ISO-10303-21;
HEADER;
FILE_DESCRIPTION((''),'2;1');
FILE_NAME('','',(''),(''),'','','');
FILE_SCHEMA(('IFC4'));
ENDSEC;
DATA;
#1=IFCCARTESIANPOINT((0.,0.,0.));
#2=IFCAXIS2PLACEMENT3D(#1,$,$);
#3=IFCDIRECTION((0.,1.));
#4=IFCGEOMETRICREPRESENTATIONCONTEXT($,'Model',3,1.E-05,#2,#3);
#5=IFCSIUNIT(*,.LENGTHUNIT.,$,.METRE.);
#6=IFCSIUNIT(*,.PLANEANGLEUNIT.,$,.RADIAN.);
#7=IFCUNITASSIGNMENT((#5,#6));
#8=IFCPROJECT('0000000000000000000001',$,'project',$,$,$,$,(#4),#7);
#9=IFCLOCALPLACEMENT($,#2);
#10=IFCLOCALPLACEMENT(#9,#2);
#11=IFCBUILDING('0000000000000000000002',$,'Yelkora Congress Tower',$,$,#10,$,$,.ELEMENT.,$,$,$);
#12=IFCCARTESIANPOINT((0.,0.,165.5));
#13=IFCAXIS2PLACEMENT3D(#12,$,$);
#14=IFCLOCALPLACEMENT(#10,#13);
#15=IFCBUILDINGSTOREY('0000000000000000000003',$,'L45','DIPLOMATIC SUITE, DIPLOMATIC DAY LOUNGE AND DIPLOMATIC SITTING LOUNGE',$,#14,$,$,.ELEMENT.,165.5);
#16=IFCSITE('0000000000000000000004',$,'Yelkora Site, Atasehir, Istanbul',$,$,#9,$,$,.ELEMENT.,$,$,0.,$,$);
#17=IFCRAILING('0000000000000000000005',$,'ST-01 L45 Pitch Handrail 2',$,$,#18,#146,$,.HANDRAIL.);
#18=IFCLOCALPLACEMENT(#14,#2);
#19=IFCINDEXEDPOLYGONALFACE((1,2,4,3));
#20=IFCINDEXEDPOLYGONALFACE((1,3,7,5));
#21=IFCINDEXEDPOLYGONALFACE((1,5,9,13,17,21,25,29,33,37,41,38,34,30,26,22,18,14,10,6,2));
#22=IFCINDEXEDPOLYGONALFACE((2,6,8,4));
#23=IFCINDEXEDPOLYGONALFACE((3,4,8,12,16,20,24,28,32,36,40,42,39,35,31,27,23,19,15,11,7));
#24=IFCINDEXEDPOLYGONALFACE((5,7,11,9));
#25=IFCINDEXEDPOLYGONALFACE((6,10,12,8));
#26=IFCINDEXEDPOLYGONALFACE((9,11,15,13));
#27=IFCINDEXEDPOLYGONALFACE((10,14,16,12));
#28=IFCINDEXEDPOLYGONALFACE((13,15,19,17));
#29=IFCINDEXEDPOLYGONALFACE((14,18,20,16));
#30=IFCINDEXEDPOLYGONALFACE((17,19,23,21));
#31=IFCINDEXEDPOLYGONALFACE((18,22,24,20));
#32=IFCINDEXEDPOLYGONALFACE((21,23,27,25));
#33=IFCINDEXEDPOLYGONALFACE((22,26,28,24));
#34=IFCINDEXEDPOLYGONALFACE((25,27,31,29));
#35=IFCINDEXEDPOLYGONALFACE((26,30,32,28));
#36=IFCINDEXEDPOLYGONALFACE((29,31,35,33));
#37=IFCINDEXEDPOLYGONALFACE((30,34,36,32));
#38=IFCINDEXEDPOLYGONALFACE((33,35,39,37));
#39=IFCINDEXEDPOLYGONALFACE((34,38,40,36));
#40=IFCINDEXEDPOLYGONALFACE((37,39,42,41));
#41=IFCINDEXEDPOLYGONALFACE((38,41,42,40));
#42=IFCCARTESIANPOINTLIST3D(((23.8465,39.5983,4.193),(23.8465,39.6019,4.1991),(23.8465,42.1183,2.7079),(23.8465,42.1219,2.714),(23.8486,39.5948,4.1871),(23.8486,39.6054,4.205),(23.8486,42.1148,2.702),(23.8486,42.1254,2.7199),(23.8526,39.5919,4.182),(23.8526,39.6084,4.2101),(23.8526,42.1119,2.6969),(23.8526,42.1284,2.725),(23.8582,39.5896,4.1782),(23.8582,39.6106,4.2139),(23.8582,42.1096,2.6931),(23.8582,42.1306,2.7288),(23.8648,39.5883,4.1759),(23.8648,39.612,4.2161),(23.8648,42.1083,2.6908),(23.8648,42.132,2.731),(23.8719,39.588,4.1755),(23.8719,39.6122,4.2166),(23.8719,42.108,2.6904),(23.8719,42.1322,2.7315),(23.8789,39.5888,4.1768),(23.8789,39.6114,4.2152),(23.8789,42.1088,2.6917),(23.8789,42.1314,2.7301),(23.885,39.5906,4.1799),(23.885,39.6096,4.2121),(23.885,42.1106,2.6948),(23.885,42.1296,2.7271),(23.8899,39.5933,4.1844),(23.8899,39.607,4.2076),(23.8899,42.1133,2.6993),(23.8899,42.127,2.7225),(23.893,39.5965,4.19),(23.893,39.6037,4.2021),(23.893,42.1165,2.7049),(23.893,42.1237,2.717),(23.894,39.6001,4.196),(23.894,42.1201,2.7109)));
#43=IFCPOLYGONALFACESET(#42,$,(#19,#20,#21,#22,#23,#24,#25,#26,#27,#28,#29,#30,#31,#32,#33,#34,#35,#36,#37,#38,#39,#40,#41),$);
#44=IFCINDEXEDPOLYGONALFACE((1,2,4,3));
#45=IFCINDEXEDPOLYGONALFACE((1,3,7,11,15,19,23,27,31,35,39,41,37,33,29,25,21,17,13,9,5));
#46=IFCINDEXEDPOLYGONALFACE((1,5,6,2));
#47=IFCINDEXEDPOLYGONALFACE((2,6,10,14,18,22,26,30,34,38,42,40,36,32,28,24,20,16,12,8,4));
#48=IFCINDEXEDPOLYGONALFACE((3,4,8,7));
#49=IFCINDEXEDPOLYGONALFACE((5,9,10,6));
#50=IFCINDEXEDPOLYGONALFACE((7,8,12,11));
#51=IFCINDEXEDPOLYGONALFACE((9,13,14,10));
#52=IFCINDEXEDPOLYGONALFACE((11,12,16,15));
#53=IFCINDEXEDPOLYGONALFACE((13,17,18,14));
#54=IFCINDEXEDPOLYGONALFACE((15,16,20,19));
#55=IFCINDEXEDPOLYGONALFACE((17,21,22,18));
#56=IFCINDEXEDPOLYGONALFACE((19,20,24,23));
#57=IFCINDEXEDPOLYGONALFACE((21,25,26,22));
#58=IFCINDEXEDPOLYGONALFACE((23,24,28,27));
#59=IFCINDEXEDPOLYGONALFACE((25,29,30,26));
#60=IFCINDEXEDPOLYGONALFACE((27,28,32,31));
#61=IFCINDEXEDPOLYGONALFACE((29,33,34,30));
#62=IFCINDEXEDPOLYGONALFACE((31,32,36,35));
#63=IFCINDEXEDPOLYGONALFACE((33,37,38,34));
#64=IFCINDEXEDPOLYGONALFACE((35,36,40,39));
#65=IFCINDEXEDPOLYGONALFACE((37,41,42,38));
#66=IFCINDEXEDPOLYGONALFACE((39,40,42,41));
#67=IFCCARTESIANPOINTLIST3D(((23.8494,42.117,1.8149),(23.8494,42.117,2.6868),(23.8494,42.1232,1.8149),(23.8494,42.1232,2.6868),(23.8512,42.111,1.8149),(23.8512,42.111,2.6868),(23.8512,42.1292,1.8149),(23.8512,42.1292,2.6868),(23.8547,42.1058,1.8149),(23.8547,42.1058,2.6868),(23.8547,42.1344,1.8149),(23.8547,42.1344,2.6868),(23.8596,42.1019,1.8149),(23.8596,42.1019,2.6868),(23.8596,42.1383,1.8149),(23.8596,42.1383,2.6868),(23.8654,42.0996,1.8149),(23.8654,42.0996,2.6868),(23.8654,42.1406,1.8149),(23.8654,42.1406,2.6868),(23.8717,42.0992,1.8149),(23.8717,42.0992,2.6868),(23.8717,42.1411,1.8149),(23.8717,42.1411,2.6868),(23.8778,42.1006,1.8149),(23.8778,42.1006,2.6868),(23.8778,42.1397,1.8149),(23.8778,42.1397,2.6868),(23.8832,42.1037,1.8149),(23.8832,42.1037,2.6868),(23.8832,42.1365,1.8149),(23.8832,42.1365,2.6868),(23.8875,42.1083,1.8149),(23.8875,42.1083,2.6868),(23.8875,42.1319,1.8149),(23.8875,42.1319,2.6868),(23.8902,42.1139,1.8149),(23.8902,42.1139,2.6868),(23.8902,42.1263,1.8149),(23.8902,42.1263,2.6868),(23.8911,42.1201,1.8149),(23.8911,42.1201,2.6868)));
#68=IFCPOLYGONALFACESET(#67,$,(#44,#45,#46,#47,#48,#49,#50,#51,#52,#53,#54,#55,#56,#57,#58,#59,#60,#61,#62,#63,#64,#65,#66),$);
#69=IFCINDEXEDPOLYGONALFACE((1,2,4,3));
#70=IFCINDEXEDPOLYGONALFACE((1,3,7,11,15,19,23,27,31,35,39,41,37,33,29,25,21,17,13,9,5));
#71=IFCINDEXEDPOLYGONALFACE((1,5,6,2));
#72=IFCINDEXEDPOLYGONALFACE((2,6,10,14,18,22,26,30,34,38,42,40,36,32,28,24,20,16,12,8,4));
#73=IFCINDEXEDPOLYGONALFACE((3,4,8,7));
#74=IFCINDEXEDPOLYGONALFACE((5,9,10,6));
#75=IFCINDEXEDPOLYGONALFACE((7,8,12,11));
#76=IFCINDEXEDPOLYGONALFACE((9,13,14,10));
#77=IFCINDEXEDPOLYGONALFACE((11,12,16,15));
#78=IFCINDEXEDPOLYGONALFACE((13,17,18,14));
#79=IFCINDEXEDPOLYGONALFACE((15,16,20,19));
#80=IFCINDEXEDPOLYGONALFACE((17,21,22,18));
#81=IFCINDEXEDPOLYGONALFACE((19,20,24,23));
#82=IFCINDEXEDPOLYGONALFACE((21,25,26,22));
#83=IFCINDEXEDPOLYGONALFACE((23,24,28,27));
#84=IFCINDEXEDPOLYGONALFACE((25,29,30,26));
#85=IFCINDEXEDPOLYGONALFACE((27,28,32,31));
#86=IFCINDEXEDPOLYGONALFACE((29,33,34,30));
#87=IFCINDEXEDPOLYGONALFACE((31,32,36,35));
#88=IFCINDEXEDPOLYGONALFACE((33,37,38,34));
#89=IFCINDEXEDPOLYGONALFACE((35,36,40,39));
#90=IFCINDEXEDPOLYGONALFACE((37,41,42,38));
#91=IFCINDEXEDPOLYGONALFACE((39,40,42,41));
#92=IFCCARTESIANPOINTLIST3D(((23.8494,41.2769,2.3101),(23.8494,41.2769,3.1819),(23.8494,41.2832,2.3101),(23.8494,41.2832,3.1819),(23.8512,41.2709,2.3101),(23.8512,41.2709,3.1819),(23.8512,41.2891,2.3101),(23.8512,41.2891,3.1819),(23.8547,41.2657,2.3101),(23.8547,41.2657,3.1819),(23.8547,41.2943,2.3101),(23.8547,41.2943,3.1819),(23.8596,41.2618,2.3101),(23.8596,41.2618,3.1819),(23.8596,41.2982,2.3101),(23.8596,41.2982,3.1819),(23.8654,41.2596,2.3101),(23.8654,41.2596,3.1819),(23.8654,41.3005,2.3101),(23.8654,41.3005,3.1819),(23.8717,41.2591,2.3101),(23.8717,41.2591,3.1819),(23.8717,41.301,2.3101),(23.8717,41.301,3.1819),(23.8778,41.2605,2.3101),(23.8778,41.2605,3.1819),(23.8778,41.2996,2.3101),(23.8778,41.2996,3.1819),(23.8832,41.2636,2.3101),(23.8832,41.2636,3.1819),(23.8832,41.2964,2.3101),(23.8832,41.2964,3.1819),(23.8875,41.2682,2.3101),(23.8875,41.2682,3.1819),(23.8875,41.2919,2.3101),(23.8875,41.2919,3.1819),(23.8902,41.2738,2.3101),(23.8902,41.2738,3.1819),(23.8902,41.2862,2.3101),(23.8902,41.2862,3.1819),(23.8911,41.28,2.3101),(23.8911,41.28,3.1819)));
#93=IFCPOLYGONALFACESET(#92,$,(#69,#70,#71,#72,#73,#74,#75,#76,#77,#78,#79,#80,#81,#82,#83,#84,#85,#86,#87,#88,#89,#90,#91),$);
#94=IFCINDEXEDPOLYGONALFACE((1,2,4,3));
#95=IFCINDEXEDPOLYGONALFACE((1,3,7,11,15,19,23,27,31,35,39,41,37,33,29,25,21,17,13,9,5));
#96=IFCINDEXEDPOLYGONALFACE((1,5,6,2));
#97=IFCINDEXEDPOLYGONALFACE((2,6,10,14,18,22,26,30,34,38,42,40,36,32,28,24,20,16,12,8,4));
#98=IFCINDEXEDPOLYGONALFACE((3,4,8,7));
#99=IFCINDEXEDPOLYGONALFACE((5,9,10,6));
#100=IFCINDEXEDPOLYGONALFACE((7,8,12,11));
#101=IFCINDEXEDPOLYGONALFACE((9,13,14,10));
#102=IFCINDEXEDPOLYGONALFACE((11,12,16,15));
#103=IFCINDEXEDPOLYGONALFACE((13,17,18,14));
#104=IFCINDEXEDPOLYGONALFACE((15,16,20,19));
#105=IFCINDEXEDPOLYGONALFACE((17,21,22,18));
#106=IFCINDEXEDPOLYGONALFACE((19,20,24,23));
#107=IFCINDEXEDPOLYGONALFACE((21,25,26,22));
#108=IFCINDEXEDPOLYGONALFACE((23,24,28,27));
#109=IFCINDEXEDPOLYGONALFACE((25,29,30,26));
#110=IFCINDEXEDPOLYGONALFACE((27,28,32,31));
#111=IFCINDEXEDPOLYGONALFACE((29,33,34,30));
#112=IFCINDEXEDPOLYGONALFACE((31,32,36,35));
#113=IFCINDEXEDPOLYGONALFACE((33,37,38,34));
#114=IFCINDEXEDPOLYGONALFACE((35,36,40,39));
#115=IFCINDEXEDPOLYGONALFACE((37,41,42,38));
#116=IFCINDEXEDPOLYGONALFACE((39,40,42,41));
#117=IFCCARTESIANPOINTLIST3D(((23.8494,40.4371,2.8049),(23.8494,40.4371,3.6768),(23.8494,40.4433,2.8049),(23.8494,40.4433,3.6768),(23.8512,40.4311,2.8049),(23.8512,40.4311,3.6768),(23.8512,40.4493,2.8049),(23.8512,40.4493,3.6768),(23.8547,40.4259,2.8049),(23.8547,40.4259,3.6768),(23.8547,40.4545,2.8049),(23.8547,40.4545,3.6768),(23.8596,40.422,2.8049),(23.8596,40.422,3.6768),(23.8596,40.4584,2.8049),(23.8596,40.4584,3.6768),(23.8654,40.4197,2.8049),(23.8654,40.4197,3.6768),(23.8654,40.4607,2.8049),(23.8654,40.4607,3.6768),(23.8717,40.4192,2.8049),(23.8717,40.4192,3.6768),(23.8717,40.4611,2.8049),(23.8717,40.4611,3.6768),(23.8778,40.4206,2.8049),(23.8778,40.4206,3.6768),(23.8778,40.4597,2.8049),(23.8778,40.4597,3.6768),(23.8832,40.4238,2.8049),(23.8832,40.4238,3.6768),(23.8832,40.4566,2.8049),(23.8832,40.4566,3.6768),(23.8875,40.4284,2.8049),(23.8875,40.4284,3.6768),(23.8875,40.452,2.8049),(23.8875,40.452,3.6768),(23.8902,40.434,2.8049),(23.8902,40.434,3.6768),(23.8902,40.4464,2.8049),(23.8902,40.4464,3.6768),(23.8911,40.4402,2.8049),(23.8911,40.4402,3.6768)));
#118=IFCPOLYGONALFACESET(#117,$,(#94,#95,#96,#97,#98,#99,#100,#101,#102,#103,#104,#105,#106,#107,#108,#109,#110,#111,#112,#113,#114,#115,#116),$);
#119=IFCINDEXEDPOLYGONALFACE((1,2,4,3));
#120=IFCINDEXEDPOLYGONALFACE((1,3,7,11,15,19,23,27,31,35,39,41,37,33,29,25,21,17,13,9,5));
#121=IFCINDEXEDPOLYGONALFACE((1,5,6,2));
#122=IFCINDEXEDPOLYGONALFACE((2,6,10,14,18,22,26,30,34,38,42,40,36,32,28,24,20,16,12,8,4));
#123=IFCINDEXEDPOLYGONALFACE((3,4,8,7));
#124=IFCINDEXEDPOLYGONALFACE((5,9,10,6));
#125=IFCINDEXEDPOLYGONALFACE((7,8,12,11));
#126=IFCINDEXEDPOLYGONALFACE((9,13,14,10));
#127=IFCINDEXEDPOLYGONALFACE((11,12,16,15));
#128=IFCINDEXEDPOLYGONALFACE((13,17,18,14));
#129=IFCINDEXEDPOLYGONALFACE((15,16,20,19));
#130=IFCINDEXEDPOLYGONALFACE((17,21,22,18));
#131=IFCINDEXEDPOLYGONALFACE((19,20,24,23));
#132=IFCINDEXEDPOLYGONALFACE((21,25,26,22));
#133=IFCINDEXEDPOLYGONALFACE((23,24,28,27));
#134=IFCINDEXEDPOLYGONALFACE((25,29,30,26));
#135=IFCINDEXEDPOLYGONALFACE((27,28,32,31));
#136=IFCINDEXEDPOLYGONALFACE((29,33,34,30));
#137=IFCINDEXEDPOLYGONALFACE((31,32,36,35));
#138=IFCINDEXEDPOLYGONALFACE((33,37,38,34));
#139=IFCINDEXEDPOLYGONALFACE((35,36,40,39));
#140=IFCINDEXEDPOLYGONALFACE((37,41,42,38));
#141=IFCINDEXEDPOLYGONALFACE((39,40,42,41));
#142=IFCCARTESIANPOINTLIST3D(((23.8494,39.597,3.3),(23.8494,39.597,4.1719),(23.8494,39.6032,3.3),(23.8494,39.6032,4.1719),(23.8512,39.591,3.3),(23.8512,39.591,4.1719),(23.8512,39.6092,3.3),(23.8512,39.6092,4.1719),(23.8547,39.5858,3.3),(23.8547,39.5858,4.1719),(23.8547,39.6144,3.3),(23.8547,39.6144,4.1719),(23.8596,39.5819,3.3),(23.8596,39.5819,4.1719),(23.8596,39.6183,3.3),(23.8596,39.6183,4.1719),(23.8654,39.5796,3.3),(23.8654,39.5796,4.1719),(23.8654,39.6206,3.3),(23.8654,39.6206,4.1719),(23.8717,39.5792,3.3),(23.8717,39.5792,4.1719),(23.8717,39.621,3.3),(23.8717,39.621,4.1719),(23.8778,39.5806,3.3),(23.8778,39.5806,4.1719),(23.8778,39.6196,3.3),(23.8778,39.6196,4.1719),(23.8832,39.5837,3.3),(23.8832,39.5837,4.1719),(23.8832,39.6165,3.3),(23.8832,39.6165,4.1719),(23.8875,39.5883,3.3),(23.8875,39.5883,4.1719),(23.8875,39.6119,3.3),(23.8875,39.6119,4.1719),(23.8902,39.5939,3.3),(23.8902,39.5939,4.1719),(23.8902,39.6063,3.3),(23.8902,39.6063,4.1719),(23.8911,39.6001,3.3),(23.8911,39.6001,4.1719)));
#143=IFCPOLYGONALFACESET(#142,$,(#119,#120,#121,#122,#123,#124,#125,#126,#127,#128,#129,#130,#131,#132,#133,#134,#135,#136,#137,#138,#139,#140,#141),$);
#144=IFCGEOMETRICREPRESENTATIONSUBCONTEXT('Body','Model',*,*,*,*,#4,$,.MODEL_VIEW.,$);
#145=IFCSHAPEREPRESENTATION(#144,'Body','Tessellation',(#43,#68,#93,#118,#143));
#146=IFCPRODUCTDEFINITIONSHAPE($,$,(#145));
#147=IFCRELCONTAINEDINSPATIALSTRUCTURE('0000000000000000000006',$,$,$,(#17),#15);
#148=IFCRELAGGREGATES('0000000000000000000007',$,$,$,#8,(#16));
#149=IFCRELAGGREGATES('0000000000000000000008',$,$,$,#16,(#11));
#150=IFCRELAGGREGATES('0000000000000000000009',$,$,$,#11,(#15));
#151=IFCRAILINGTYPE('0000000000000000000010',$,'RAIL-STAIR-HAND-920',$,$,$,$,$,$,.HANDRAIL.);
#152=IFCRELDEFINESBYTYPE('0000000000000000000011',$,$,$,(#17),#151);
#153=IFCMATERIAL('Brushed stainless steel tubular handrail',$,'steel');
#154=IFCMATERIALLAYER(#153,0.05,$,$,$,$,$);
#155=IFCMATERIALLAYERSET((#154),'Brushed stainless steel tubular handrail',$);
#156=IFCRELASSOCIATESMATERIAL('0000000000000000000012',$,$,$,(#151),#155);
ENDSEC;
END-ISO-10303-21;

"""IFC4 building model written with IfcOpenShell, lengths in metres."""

from ifc_helpers import new_model, si_unit, direction, frame, origin, origin_2d, place, context, subcontext, project, spatial, circle, extrude, material, layer, layer_set, type_object, element, save


model = new_model("IFC4")

# Units and contexts
model_context = context("Model", 3, precision=1e-05, world=origin(), true_north=direction((0.0, 1.0)))
body_context = subcontext(model_context, "Body", "Model", "MODEL_VIEW")
ifc_project = project(units=[si_unit("LENGTHUNIT", "METRE"), si_unit("PLANEANGLEUNIT", "RADIAN")], contexts=[model_context])

# Site, building, storey
site_placement = place(None, origin())
site = spatial("IfcSite", under=ifc_project, at=site_placement, Name="Yelkora Site, Atasehir, Istanbul", CompositionType="ELEMENT", RefElevation=0.0)
building_placement = place(site_placement, origin())
building = spatial("IfcBuilding", under=site, at=building_placement, Name="Yelkora Congress Tower", CompositionType="ELEMENT")
storey_placement = place(building_placement, frame((0.0, 0.0, 165.5)))
storey = spatial("IfcBuildingStorey", under=building, at=storey_placement, Name="L45", Description="DIPLOMATIC SUITE, DIPLOMATIC DAY LOUNGE AND DIPLOMATIC SITTING LOUNGE", CompositionType="ELEMENT", Elevation=165.5)

# Railing
ifc_material_1 = material(Name="Brushed stainless steel tubular handrail", Category="steel")
ifc_layer_1 = layer(ifc_material_1, 0.05)
ifc_layer_set_1 = layer_set([ifc_layer_1], Name="Brushed stainless steel tubular handrail")
railing_type_1 = type_object("IfcRailingType", Name="RAIL-STAIR-HAND-920", PredefinedType="HANDRAIL", material=ifc_layer_set_1)
railing_1_placement = place(storey_placement, frame((23.8701, 42.1201, 1.8149)))
element("IfcRailing", 1, at=railing_1_placement, inside=storey, type_object=railing_type_1, Name="ST-01 L45 Pitch Handrail 2", PredefinedType="HANDRAIL", context=body_context, shape_type="SweptSolid", body=[
    extrude(circle(Radius=0.0239, at=origin_2d()), frame((0.0, 0.0, 0.896), z_axis=(0.0, -0.861524, 0.507717), x_axis=(1.0, 0.0, 0.0)), (0.0, 0.0, 1.0), 2.925),
    extrude(circle(Radius=0.021, at=origin_2d()), origin(), (0.0, 0.0, 1.0), 0.8718),
    extrude(circle(Radius=0.021, at=origin_2d()), frame((0.0, -0.8401, 0.4951)), (0.0, 0.0, 1.0), 0.8718),
    extrude(circle(Radius=0.021, at=origin_2d()), frame((0.0, -1.6799, 0.99)), (0.0, 0.0, 1.0), 0.8718),
    extrude(circle(Radius=0.021, at=origin_2d()), frame((0.0, -2.52, 1.4851)), (0.0, 0.0, 1.0), 0.8718),
])

save(model, "model.ifc")
